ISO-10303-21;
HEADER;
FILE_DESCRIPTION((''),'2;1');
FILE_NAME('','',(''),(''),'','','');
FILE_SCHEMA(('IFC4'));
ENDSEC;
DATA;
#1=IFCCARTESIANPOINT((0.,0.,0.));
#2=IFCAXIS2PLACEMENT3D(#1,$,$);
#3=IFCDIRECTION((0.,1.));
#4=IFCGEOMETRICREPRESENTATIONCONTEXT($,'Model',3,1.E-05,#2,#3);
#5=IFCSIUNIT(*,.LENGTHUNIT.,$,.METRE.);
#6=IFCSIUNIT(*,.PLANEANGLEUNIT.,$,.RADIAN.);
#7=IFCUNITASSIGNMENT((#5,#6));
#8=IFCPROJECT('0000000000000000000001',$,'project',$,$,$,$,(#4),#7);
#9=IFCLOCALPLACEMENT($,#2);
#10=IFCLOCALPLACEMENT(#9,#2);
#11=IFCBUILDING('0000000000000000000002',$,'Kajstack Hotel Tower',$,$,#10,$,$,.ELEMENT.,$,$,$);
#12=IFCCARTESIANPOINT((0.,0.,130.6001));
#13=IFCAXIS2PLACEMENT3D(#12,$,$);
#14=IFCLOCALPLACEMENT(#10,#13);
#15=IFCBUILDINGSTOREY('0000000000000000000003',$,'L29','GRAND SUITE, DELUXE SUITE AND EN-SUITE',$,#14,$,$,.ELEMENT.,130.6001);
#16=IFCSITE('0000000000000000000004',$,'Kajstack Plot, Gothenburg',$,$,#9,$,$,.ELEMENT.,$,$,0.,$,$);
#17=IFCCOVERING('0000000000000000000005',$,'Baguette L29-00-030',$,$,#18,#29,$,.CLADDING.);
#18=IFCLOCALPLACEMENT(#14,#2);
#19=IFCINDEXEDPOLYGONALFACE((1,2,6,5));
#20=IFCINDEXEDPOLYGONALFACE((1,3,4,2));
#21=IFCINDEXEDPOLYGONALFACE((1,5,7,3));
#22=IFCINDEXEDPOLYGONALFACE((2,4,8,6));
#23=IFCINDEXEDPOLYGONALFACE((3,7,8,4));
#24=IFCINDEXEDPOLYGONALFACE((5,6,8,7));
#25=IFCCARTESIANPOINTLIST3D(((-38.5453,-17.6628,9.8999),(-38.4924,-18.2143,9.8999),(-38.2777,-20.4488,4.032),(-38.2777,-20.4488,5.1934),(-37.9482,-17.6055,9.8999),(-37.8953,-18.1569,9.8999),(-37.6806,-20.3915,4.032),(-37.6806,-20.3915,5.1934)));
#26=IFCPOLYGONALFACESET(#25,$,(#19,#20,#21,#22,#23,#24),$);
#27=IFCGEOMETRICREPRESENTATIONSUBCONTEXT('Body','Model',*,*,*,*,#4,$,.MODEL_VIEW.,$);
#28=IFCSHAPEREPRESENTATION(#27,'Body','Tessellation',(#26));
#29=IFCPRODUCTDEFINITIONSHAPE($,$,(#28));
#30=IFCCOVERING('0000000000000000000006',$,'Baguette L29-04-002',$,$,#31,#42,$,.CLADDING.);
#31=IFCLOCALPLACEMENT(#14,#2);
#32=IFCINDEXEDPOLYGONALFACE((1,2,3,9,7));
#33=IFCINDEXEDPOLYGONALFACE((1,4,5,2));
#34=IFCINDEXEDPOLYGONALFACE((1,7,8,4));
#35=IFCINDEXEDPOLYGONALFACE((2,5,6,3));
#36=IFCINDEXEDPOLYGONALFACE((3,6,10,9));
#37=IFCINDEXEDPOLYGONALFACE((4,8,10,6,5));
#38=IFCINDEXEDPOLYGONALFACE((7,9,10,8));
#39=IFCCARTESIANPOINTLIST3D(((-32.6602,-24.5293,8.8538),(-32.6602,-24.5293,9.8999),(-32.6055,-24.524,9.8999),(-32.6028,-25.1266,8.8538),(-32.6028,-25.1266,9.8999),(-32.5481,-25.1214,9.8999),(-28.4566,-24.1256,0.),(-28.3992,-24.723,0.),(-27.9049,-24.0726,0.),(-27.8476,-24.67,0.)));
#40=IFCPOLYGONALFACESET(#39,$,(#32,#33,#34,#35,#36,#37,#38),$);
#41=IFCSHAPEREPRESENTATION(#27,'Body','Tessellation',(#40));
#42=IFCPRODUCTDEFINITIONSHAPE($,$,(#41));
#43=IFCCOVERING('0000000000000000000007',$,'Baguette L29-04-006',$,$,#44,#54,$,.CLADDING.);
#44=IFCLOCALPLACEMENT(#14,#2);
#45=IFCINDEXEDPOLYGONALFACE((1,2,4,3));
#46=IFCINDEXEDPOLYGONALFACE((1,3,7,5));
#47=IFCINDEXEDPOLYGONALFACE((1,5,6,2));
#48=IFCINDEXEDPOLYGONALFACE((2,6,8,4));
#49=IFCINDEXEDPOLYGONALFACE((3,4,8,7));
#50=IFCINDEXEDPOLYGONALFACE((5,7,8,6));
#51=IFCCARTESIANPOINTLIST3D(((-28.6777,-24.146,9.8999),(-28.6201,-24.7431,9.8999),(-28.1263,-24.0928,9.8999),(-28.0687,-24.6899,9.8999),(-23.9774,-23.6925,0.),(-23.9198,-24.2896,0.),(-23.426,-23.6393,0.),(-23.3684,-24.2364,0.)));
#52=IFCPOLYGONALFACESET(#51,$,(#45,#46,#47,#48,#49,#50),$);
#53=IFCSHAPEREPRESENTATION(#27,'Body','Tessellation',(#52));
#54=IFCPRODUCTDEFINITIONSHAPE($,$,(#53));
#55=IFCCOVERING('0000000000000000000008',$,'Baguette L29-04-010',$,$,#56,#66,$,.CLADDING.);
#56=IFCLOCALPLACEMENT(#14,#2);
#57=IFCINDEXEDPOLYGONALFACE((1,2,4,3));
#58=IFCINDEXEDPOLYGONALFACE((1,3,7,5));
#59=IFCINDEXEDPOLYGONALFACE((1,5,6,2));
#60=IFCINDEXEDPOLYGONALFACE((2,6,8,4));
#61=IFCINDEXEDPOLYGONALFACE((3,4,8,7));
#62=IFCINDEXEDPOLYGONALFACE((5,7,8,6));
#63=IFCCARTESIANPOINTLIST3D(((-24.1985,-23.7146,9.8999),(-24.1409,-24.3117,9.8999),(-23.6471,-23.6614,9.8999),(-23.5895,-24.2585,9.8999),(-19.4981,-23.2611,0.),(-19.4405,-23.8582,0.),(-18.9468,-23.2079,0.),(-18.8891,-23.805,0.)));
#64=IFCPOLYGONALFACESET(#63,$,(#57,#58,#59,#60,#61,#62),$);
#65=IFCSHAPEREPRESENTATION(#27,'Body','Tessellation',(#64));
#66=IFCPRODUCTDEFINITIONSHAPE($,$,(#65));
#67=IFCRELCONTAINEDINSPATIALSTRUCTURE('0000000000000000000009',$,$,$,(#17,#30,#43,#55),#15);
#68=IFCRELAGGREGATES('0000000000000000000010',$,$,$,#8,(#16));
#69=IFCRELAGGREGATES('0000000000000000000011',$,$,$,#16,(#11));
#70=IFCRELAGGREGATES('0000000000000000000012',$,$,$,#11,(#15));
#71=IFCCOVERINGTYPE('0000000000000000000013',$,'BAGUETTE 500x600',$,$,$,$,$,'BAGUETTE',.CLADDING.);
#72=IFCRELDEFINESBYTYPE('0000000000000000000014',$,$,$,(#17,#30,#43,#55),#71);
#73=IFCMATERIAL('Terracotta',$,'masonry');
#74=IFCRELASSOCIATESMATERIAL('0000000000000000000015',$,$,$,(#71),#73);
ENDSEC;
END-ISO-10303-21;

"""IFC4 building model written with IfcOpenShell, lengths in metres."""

from ifc_helpers import new_model, si_unit, direction, frame, origin, origin_2d, place, context, subcontext, project, spatial, polyline, rectangle, outline, extrude, material, material_profile, profile_set, type_object, element, save


model = new_model("IFC4")

# Units and contexts
model_context = context("Model", 3, precision=1e-05, world=origin(), true_north=direction((0.0, 1.0)))
body_context = subcontext(model_context, "Body", "Model", "MODEL_VIEW")
ifc_project = project(units=[si_unit("LENGTHUNIT", "METRE"), si_unit("PLANEANGLEUNIT", "RADIAN")], contexts=[model_context])

# Site, building, storey
site_placement = place(None, origin())
site = spatial("IfcSite", under=ifc_project, at=site_placement, Name="Kajstack Plot, Gothenburg", CompositionType="ELEMENT", RefElevation=0.0)
building_placement = place(site_placement, origin())
building = spatial("IfcBuilding", under=site, at=building_placement, Name="Kajstack Hotel Tower", CompositionType="ELEMENT")
storey_placement = place(building_placement, frame((0.0, 0.0, 130.6001)))
storey = spatial("IfcBuildingStorey", under=building, at=storey_placement, Name="L29", Description="GRAND SUITE, DELUXE SUITE AND EN-SUITE", CompositionType="ELEMENT", Elevation=130.6001)

# Coverings
ifc_material_1 = material(Name="Terracotta", Category="masonry")
ifc_material_profile = material_profile(ifc_material_1, rectangle(XDim=0.6001, YDim=0.5, at=origin_2d()), Name="Terracotta-clad concrete baguette 500 x 600")
ifc_profile_set = profile_set([ifc_material_profile], Name="Terracotta")
covering_type = type_object("IfcCoveringType", Name="BAGUETTE 500x600", ElementType="BAGUETTE", PredefinedType="CLADDING", material=ifc_profile_set)
covering_1_placement = place(storey_placement, frame((-37.9482, -17.6055, 0.0), z_axis=(-0.995416, -0.095635, 0.0), x_axis=(0.095635, -0.995416, 0.0)))
element("IfcCovering", 1, at=covering_1_placement, inside=storey, type_object=covering_type, Name="Baguette L29-00-030", PredefinedType="CLADDING", context=body_context, shape_type="SweptSolid", body=[
    extrude(outline(polyline([(0.0, 9.8999), (2.7988, 4.032), (2.7988, 5.1934), (0.554, 9.8999), (0.0, 9.8999)])), origin(), (0.0, 0.0, 1.0), 0.5999),
])
covering_2_placement = place(storey_placement, frame((-32.6602, -24.5293, 0.0), z_axis=(0.095596, -0.99542, 0.0), x_axis=(0.99542, 0.095596, 0.0)))
element("IfcCovering", 2, at=covering_2_placement, inside=storey, type_object=covering_type, Name="Baguette L29-04-002", PredefinedType="CLADDING", context=body_context, shape_type="SweptSolid", body=[
    extrude(outline(polyline([(0.0549, 9.8999), (0.0, 9.8999), (0.0, 8.8538), (4.2229, 0.0), (4.7771, 0.0), (0.0549, 9.8999)])), origin(), (0.0, 0.0, 1.0), 0.6001),
])
for number, where, z_axis, x_axis, name in (
    (3, (-28.6777, -24.146, 0.0), (0.096038, -0.995378, 0.0), (0.995378, 0.096038, 0.0), "Baguette L29-04-006"),
    (4, (-24.1985, -23.7146, 0.0), (0.096038, -0.995378, 0.0), (0.995378, 0.096038, 0.0), "Baguette L29-04-010"),
):
    element("IfcCovering", number, at=place(storey_placement, frame(where, z_axis=z_axis, x_axis=x_axis)), inside=storey, type_object=covering_type, Name=name, PredefinedType="CLADDING", context=body_context, shape_type="SweptSolid", body=[
        extrude(outline(polyline([(0.0, 9.8999), (4.7222, 0.0), (5.2761, 0.0), (0.554, 9.8999), (0.0, 9.8999)])), origin(), (0.0, 0.0, 1.0), 0.5999),
    ])

save(model, "model.ifc")
